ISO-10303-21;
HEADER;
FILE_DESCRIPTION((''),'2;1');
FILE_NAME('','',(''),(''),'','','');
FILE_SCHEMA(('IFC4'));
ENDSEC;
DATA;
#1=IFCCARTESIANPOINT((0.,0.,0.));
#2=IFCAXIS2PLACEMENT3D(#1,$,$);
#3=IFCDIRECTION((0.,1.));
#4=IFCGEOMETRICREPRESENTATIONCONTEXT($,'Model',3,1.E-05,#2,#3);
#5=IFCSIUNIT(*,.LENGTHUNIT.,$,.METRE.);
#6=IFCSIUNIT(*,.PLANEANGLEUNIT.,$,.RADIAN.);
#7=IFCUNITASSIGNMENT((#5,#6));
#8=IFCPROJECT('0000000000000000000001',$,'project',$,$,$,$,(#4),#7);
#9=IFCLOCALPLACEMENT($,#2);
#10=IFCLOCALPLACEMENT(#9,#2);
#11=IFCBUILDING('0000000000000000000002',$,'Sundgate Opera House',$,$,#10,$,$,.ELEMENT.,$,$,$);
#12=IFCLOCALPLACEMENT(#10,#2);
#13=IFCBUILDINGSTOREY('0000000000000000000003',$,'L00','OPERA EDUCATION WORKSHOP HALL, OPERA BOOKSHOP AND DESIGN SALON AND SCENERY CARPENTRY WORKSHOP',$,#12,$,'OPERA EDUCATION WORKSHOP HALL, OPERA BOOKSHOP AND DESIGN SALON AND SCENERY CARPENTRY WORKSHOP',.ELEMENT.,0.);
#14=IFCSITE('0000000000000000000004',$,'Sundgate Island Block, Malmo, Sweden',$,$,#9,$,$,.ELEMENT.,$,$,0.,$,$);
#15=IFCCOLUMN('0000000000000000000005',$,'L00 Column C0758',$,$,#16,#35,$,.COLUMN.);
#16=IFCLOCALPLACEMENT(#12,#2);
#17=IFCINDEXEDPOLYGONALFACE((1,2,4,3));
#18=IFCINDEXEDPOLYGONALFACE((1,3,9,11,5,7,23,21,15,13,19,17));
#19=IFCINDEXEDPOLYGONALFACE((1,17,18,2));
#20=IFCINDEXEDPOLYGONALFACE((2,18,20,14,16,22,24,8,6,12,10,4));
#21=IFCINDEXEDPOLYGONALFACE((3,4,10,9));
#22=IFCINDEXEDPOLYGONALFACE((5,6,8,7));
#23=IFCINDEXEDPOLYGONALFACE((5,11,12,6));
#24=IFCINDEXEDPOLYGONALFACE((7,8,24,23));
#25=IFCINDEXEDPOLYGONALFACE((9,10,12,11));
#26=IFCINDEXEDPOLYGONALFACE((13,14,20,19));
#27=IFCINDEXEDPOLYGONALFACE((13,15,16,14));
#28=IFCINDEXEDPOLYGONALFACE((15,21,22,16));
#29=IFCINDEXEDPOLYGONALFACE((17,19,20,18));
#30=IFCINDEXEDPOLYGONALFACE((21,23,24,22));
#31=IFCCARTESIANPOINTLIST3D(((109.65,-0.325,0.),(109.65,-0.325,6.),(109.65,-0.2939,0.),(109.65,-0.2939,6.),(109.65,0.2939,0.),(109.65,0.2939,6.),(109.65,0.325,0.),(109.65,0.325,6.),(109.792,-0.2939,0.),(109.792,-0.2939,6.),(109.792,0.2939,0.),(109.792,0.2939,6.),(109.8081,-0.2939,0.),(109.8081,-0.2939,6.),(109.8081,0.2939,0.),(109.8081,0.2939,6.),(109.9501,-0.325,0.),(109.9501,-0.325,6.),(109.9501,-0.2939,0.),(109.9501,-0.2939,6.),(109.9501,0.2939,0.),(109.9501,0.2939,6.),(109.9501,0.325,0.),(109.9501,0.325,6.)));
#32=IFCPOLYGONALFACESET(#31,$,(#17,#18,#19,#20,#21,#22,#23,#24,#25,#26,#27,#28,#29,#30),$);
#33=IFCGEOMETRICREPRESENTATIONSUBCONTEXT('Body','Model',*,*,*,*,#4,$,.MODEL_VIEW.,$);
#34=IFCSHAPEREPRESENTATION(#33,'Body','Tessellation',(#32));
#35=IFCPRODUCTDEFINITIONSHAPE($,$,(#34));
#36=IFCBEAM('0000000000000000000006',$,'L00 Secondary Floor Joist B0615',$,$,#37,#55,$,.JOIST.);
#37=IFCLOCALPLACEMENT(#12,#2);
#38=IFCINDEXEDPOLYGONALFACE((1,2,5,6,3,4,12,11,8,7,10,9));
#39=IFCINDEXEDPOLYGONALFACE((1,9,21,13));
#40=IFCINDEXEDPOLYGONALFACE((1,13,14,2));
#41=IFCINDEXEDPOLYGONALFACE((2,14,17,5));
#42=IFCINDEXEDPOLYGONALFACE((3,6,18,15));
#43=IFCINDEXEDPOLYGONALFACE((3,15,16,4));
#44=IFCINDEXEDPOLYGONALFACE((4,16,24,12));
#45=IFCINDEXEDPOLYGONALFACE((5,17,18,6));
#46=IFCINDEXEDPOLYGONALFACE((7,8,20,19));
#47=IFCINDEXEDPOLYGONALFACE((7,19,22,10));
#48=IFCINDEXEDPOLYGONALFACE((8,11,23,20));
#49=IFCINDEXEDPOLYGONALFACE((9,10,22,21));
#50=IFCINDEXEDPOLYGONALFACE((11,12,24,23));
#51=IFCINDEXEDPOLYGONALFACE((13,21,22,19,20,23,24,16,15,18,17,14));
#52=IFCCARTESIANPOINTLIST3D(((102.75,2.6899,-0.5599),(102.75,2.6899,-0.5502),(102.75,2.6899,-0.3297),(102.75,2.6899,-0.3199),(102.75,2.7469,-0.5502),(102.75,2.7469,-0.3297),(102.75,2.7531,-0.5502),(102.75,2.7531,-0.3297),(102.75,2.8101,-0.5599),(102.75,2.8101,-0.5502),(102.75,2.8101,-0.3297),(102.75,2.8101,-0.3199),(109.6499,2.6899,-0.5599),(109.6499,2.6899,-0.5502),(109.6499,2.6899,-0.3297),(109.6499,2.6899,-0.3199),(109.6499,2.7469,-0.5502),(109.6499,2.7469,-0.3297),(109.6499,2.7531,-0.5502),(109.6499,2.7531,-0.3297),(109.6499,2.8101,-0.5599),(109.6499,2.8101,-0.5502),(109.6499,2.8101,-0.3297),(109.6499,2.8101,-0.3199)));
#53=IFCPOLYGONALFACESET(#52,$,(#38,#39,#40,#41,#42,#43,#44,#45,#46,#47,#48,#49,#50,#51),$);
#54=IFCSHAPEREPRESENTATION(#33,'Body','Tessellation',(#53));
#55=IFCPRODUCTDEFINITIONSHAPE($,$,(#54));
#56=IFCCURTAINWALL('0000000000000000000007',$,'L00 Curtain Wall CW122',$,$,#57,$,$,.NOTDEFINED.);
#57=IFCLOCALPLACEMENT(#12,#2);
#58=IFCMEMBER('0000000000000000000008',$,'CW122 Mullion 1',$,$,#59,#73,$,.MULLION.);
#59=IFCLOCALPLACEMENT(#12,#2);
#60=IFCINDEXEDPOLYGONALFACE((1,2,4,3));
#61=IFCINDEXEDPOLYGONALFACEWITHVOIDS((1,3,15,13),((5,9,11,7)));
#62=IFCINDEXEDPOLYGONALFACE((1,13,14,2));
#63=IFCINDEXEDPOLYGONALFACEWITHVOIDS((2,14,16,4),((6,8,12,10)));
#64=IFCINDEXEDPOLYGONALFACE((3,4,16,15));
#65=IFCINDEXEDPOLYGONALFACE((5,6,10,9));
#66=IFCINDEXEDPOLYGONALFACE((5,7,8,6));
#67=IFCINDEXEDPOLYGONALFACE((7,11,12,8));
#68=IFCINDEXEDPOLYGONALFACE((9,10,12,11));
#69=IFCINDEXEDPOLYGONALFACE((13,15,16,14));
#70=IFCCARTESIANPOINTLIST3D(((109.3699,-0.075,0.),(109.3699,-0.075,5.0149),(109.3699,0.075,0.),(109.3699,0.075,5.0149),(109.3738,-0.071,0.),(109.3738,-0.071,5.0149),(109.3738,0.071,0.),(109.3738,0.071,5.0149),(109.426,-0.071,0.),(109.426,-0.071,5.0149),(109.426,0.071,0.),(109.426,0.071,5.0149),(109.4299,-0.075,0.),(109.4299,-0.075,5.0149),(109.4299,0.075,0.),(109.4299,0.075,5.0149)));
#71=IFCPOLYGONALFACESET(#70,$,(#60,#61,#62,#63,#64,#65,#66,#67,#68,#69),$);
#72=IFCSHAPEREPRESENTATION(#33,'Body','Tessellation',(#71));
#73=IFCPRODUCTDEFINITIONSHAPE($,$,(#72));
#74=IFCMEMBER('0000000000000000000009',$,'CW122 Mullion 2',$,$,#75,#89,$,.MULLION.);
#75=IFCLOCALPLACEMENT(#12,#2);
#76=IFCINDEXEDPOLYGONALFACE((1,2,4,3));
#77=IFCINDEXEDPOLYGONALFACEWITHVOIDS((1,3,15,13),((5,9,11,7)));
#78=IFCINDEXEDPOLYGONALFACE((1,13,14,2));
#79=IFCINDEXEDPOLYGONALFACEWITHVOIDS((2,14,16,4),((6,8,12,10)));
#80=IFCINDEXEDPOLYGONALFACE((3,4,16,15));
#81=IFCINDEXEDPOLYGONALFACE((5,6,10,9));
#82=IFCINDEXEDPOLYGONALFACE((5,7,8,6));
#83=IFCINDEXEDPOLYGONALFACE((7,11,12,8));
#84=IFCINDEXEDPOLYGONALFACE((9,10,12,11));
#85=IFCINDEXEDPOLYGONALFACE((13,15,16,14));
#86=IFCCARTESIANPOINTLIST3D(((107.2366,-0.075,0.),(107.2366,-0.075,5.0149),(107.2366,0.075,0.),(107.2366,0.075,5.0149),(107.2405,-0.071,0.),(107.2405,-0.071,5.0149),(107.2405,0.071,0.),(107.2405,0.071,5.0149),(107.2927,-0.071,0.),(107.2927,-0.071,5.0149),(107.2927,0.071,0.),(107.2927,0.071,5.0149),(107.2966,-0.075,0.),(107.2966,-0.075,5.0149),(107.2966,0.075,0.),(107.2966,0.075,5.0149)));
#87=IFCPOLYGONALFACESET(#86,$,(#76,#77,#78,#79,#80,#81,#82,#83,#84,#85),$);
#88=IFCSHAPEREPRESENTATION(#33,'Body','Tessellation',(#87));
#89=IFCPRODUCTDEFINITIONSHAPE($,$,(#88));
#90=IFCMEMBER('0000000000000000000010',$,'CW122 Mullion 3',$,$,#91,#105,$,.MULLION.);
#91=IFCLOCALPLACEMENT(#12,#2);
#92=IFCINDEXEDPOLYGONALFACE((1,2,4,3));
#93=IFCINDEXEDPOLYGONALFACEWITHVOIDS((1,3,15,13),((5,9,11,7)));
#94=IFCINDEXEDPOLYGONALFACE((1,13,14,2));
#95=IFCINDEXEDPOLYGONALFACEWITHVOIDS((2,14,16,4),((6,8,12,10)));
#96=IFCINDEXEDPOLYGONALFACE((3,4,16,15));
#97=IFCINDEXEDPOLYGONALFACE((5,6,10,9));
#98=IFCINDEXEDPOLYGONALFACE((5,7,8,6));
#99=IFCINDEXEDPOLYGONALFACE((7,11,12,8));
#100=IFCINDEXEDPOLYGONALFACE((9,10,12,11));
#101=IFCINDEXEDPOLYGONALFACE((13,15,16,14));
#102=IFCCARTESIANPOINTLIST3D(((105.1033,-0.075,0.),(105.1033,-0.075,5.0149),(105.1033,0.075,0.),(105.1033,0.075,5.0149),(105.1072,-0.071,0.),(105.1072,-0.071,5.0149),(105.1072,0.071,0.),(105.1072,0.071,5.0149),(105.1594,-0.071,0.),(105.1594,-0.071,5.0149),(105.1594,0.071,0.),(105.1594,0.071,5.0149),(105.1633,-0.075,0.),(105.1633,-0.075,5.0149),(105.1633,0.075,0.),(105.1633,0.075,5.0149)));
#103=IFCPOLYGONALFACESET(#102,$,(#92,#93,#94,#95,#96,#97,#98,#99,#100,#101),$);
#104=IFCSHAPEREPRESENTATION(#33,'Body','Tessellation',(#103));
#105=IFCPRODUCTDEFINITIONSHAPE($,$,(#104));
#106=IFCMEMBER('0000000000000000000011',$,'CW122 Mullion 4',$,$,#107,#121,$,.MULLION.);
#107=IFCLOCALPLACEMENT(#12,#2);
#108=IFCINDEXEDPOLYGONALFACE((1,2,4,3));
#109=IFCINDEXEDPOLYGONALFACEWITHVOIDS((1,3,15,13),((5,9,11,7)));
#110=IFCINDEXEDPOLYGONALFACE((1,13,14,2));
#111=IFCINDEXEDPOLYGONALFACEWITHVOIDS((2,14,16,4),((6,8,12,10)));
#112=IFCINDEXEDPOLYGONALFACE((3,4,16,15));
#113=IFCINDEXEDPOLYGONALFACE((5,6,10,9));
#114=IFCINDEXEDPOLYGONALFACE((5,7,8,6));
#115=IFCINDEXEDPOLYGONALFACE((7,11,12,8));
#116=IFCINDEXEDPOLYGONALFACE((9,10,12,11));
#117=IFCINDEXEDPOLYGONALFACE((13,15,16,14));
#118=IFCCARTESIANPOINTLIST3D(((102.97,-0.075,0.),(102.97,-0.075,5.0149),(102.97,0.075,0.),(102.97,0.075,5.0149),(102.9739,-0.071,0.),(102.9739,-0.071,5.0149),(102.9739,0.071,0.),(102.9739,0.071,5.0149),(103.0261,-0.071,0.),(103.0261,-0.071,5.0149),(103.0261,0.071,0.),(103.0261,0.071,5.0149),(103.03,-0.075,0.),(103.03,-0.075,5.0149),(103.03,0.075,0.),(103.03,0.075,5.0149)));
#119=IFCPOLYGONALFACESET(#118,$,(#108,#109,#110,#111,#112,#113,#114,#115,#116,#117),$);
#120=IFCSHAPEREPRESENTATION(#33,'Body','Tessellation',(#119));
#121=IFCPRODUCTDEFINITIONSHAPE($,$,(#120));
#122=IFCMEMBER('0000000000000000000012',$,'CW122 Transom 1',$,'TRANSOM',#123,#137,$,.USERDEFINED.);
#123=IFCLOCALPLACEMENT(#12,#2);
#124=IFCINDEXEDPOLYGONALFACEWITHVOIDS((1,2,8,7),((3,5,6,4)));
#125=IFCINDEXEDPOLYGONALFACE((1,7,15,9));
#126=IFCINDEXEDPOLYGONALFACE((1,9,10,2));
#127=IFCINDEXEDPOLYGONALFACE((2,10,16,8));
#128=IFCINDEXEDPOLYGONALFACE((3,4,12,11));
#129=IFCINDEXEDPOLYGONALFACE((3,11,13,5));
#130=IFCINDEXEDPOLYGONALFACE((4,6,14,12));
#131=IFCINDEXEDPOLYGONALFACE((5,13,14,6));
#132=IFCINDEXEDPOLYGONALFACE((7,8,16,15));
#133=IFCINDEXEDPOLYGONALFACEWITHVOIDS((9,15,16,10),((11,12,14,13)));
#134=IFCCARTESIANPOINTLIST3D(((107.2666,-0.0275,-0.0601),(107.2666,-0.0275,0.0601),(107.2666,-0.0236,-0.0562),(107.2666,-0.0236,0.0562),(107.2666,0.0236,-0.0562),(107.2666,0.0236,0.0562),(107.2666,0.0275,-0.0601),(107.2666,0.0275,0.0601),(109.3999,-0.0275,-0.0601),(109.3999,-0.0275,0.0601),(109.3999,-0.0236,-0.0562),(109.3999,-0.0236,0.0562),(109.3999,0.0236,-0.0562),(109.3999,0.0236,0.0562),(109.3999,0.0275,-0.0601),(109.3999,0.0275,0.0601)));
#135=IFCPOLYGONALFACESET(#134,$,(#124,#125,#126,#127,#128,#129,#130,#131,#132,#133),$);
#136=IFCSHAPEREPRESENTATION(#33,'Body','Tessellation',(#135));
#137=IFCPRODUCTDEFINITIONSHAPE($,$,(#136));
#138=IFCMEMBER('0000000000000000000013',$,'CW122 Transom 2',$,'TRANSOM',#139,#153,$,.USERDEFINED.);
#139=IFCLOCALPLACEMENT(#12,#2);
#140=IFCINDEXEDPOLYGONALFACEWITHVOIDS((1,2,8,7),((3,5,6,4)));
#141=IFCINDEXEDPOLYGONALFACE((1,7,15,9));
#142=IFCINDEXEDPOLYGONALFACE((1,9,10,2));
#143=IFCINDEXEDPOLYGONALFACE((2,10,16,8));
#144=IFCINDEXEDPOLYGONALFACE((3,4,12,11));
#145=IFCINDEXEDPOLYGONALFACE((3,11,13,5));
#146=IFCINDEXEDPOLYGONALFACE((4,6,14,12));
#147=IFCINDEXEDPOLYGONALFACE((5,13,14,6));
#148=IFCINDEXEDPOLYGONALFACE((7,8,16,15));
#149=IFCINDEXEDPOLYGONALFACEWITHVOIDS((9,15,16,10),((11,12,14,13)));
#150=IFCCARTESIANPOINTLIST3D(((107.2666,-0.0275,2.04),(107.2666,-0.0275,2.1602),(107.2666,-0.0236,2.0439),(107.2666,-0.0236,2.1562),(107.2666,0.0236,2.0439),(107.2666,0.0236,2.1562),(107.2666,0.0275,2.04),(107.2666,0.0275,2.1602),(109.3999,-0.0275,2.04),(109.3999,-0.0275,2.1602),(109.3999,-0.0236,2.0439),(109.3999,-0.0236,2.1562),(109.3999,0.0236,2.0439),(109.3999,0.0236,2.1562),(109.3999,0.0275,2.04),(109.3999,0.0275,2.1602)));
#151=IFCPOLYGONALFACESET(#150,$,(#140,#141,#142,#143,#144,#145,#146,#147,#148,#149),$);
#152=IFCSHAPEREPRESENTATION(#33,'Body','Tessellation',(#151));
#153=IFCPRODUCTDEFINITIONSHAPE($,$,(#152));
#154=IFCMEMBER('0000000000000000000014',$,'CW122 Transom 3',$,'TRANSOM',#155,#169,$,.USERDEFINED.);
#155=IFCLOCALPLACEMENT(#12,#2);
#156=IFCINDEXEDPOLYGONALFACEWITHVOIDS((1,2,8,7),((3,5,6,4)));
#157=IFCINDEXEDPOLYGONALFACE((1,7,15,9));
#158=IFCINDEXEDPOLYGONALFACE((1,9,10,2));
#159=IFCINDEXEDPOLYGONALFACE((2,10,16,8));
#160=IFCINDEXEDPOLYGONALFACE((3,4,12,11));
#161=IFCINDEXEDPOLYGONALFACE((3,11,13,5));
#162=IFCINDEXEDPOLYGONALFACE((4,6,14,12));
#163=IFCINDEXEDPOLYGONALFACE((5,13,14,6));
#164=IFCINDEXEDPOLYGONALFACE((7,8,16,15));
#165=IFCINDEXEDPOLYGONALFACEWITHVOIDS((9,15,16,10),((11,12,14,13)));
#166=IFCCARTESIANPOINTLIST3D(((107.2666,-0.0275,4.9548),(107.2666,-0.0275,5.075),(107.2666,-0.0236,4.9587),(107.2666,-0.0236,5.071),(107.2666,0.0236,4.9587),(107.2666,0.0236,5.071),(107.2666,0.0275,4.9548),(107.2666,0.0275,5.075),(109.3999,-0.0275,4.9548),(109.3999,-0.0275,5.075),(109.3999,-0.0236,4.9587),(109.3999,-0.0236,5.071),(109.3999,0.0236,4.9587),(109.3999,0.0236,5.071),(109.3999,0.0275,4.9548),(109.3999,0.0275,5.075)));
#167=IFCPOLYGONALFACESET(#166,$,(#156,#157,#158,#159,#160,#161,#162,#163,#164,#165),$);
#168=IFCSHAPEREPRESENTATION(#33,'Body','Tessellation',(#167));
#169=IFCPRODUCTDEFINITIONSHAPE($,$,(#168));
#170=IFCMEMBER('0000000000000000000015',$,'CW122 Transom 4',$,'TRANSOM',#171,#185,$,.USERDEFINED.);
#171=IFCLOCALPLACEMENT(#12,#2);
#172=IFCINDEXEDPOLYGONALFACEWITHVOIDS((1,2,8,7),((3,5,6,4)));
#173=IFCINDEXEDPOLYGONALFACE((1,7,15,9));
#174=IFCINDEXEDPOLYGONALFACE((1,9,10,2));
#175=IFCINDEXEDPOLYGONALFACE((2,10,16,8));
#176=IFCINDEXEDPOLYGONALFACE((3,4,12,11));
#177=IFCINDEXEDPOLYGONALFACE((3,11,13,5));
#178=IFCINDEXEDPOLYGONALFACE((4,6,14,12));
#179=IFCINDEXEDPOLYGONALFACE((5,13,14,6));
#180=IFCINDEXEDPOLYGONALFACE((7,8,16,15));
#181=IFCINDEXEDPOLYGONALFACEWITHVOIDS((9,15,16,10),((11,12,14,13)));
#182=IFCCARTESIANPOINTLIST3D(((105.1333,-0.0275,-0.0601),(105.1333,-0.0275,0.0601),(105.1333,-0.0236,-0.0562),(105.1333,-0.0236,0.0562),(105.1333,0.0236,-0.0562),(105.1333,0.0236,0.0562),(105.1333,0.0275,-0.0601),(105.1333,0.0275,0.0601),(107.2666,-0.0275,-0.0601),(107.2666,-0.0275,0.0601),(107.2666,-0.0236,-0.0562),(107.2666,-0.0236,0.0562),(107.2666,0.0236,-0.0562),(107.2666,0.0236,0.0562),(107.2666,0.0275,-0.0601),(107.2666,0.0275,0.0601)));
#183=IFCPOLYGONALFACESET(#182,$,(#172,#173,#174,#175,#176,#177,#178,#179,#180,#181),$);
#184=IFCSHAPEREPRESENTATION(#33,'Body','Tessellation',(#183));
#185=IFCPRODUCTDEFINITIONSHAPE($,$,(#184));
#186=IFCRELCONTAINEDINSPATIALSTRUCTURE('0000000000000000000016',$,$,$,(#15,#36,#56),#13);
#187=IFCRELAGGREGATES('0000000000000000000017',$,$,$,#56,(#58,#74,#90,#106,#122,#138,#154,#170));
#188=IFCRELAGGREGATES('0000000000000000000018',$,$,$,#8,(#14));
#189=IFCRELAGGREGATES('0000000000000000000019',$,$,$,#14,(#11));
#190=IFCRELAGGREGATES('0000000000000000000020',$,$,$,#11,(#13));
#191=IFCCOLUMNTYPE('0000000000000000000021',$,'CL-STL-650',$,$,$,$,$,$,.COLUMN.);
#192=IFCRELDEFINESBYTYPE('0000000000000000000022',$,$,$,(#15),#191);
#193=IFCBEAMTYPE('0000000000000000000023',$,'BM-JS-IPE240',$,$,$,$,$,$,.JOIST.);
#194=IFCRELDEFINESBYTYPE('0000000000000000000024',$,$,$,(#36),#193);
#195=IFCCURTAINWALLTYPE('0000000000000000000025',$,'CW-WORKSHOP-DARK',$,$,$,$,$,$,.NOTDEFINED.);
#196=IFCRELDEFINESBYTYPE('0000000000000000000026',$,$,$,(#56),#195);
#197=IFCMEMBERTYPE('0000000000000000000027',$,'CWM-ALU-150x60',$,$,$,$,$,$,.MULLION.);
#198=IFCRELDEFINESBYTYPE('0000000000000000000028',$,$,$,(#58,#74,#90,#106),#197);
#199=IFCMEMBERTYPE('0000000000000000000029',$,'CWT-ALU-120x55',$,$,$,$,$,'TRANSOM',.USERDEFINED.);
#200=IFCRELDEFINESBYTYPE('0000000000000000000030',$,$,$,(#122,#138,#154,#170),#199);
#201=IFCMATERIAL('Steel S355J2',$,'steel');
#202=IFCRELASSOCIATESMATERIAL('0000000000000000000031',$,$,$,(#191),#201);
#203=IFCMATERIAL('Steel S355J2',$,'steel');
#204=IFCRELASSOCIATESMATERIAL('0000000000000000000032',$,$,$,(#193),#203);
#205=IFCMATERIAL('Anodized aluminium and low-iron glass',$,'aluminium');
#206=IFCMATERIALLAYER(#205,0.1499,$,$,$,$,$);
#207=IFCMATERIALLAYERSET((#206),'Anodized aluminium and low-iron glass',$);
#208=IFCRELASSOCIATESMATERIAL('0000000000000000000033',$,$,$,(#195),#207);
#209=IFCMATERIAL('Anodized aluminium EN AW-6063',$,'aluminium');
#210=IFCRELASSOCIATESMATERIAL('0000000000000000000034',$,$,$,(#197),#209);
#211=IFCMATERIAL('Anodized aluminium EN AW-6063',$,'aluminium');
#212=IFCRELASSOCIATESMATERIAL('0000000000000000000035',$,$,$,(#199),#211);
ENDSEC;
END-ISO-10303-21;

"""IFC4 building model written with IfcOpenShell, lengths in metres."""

from ifc_helpers import new_model, si_unit, direction, frame, origin, origin_2d, place, context, subcontext, project, spatial, hollow_rectangle, i_section, extrude, material, layer, layer_set, material_profile, profile_set, type_object, element, aggregate, save


model = new_model("IFC4")

# Units and contexts
model_context = context("Model", 3, precision=1e-05, world=origin(), true_north=direction((0.0, 1.0)))
body_context = subcontext(model_context, "Body", "Model", "MODEL_VIEW")
ifc_project = project(units=[si_unit("LENGTHUNIT", "METRE"), si_unit("PLANEANGLEUNIT", "RADIAN")], contexts=[model_context])

# Site, building, storey
site_placement = place(None, origin())
site = spatial("IfcSite", under=ifc_project, at=site_placement, Name="Sundgate Island Block, Malmo, Sweden", CompositionType="ELEMENT", RefElevation=0.0)
building_placement = place(site_placement, origin())
building = spatial("IfcBuilding", under=site, at=building_placement, Name="Sundgate Opera House", CompositionType="ELEMENT")
storey_placement = place(building_placement, origin())
storey = spatial("IfcBuildingStorey", under=building, at=storey_placement, Name="L00", Description="OPERA EDUCATION WORKSHOP HALL, OPERA BOOKSHOP AND DESIGN SALON AND SCENERY CARPENTRY WORKSHOP", LongName="OPERA EDUCATION WORKSHOP HALL, OPERA BOOKSHOP AND DESIGN SALON AND SCENERY CARPENTRY WORKSHOP", CompositionType="ELEMENT", Elevation=0.0)

# Column
ifc_material_1 = material(Name="Steel S355J2", Category="steel")
ifc_material_profile_1 = material_profile(ifc_material_1, i_section(OverallWidth=0.3, OverallDepth=0.6499, WebThickness=0.0161, FlangeThickness=0.031, at=origin_2d()), Name="HEB 650")
ifc_profile_set_1 = profile_set([ifc_material_profile_1], Name="Steel S355J2")
column_type = type_object("IfcColumnType", Name="CL-STL-650", PredefinedType="COLUMN", material=ifc_profile_set_1)
column_placement = place(storey_placement, frame((109.8, 0.0, 0.0), z_axis=(0.0, 0.0, 1.0), x_axis=(1.0, 0.0, 0.0)))
element("IfcColumn", 1, at=column_placement, inside=storey, type_object=column_type, Name="L00 Column C0758", PredefinedType="COLUMN", context=body_context, shape_type="SweptSolid", body=[
    extrude(i_section(OverallWidth=0.3, OverallDepth=0.6499, WebThickness=0.0161, FlangeThickness=0.031, at=origin_2d()), origin(), (0.0, 0.0, 1.0), 6.0),
])

# Beam
ifc_material_2 = material(Name="Steel S355J2", Category="steel")
ifc_material_profile_2 = material_profile(ifc_material_2, i_section(OverallWidth=0.1201, OverallDepth=0.24, WebThickness=0.0061, FlangeThickness=0.0098, at=origin_2d()), Name="IPE 240")
ifc_profile_set_2 = profile_set([ifc_material_profile_2], Name="Steel S355J2")
beam_type = type_object("IfcBeamType", Name="BM-JS-IPE240", PredefinedType="JOIST", material=ifc_profile_set_2)
beam_placement = place(storey_placement, frame((102.75, 2.75, -0.4399), z_axis=(1.0, 0.0, 0.0), x_axis=(0.0, 1.0, 0.0)))
element("IfcBeam", 2, at=beam_placement, inside=storey, type_object=beam_type, Name="L00 Secondary Floor Joist B0615", PredefinedType="JOIST", context=body_context, shape_type="SweptSolid", body=[
    extrude(i_section(OverallWidth=0.1201, OverallDepth=0.24, WebThickness=0.0061, FlangeThickness=0.0098, at=origin_2d()), origin(), (0.0, 0.0, 1.0), 6.8999),
])

# Curtain wall, members
ifc_material_3 = material(Name="Anodized aluminium and low-iron glass", Category="aluminium")
ifc_layer_1 = layer(ifc_material_3, 0.1499)
ifc_layer_set_1 = layer_set([ifc_layer_1], Name="Anodized aluminium and low-iron glass")
curtain_wall_type = type_object("IfcCurtainWallType", Name="CW-WORKSHOP-DARK", PredefinedType="NOTDEFINED", material=ifc_layer_set_1)
curtain_wall_placement = place(storey_placement, origin())
curtain_wall = element("IfcCurtainWall", 3, at=curtain_wall_placement, inside=storey, type_object=curtain_wall_type, Name="L00 Curtain Wall CW122", PredefinedType="NOTDEFINED")
ifc_material_4 = material(Name="Anodized aluminium EN AW-6063", Category="aluminium")
ifc_material_profile_3 = material_profile(ifc_material_4, hollow_rectangle(XDim=0.0601, YDim=0.1499, WallThickness=0.0039, at=origin_2d()), Name="CWM 150x60x4")
ifc_profile_set_3 = profile_set([ifc_material_profile_3], Name="Anodized aluminium EN AW-6063")
member_type_1 = type_object("IfcMemberType", Name="CWM-ALU-150x60", PredefinedType="MULLION", material=ifc_profile_set_3)
member_1_placement = place(storey_placement, frame((109.3999, 0.0, 0.0), z_axis=(0.0, 0.0, 1.0), x_axis=(1.0, 0.0, 0.0)))
member_1 = element("IfcMember", 4, at=member_1_placement, type_object=member_type_1, Name="CW122 Mullion 1", PredefinedType="MULLION", context=body_context, shape_type="SweptSolid", body=[
    extrude(hollow_rectangle(XDim=0.0601, YDim=0.1499, WallThickness=0.0039, at=origin_2d()), origin(), (0.0, 0.0, 1.0), 5.0149),
])
member_2_placement = place(storey_placement, frame((107.2666, 0.0, 0.0), z_axis=(0.0, 0.0, 1.0), x_axis=(1.0, 0.0, 0.0)))
member_2 = element("IfcMember", 5, at=member_2_placement, type_object=member_type_1, Name="CW122 Mullion 2", PredefinedType="MULLION", context=body_context, shape_type="SweptSolid", body=[
    extrude(hollow_rectangle(XDim=0.0601, YDim=0.1499, WallThickness=0.0039, at=origin_2d()), origin(), (0.0, 0.0, 1.0), 5.0149),
])
member_3_placement = place(storey_placement, frame((105.1333, 0.0, 0.0), z_axis=(0.0, 0.0, 1.0), x_axis=(1.0, 0.0, 0.0)))
member_3 = element("IfcMember", 6, at=member_3_placement, type_object=member_type_1, Name="CW122 Mullion 3", PredefinedType="MULLION", context=body_context, shape_type="SweptSolid", body=[
    extrude(hollow_rectangle(XDim=0.0601, YDim=0.1499, WallThickness=0.0039, at=origin_2d()), origin(), (0.0, 0.0, 1.0), 5.0149),
])
member_4_placement = place(storey_placement, frame((103.0, 0.0, 0.0), z_axis=(0.0, 0.0, 1.0), x_axis=(1.0, 0.0, 0.0)))
member_4 = element("IfcMember", 7, at=member_4_placement, type_object=member_type_1, Name="CW122 Mullion 4", PredefinedType="MULLION", context=body_context, shape_type="SweptSolid", body=[
    extrude(hollow_rectangle(XDim=0.0601, YDim=0.1499, WallThickness=0.0039, at=origin_2d()), origin(), (0.0, 0.0, 1.0), 5.0149),
])
ifc_material_5 = material(Name="Anodized aluminium EN AW-6063", Category="aluminium")
ifc_material_profile_4 = material_profile(ifc_material_5, hollow_rectangle(XDim=0.0549, YDim=0.1201, WallThickness=0.0039, at=origin_2d()), Name="CWT 120x55x4")
ifc_profile_set_4 = profile_set([ifc_material_profile_4], Name="Anodized aluminium EN AW-6063")
member_type_2 = type_object("IfcMemberType", Name="CWT-ALU-120x55", ElementType="TRANSOM", PredefinedType="USERDEFINED", material=ifc_profile_set_4)
member_5_placement = place(storey_placement, frame((109.3999, 0.0, 0.0), z_axis=(-1.0, 0.0, 0.0), x_axis=(0.0, -1.0, 0.0)))
member_5 = element("IfcMember", 8, at=member_5_placement, type_object=member_type_2, Name="CW122 Transom 1", ObjectType="TRANSOM", PredefinedType="USERDEFINED", context=body_context, shape_type="SweptSolid", body=[
    extrude(hollow_rectangle(XDim=0.0549, YDim=0.1201, WallThickness=0.0039, at=origin_2d()), origin(), (0.0, 0.0, 1.0), 2.1333),
])
member_6_placement = place(storey_placement, frame((109.3999, 0.0, 2.1001), z_axis=(-1.0, 0.0, 0.0), x_axis=(0.0, -1.0, 0.0)))
member_6 = element("IfcMember", 9, at=member_6_placement, type_object=member_type_2, Name="CW122 Transom 2", ObjectType="TRANSOM", PredefinedType="USERDEFINED", context=body_context, shape_type="SweptSolid", body=[
    extrude(hollow_rectangle(XDim=0.0549, YDim=0.1201, WallThickness=0.0039, at=origin_2d()), origin(), (0.0, 0.0, 1.0), 2.1333),
])
member_7_placement = place(storey_placement, frame((109.3999, 0.0, 5.0149), z_axis=(-1.0, 0.0, 0.0), x_axis=(0.0, -1.0, 0.0)))
member_7 = element("IfcMember", 10, at=member_7_placement, type_object=member_type_2, Name="CW122 Transom 3", ObjectType="TRANSOM", PredefinedType="USERDEFINED", context=body_context, shape_type="SweptSolid", body=[
    extrude(hollow_rectangle(XDim=0.0549, YDim=0.1201, WallThickness=0.0039, at=origin_2d()), origin(), (0.0, 0.0, 1.0), 2.1333),
])
member_8_placement = place(storey_placement, frame((107.2666, 0.0, 0.0), z_axis=(-1.0, 0.0, 0.0), x_axis=(0.0, -1.0, 0.0)))
member_8 = element("IfcMember", 11, at=member_8_placement, type_object=member_type_2, Name="CW122 Transom 4", ObjectType="TRANSOM", PredefinedType="USERDEFINED", context=body_context, shape_type="SweptSolid", body=[
    extrude(hollow_rectangle(XDim=0.0549, YDim=0.1201, WallThickness=0.0039, at=origin_2d()), origin(), (0.0, 0.0, 1.0), 2.1333),
])
aggregate(curtain_wall, [member_1, member_2, member_3, member_4, member_5, member_6, member_7, member_8])

save(model, "model.ifc")
